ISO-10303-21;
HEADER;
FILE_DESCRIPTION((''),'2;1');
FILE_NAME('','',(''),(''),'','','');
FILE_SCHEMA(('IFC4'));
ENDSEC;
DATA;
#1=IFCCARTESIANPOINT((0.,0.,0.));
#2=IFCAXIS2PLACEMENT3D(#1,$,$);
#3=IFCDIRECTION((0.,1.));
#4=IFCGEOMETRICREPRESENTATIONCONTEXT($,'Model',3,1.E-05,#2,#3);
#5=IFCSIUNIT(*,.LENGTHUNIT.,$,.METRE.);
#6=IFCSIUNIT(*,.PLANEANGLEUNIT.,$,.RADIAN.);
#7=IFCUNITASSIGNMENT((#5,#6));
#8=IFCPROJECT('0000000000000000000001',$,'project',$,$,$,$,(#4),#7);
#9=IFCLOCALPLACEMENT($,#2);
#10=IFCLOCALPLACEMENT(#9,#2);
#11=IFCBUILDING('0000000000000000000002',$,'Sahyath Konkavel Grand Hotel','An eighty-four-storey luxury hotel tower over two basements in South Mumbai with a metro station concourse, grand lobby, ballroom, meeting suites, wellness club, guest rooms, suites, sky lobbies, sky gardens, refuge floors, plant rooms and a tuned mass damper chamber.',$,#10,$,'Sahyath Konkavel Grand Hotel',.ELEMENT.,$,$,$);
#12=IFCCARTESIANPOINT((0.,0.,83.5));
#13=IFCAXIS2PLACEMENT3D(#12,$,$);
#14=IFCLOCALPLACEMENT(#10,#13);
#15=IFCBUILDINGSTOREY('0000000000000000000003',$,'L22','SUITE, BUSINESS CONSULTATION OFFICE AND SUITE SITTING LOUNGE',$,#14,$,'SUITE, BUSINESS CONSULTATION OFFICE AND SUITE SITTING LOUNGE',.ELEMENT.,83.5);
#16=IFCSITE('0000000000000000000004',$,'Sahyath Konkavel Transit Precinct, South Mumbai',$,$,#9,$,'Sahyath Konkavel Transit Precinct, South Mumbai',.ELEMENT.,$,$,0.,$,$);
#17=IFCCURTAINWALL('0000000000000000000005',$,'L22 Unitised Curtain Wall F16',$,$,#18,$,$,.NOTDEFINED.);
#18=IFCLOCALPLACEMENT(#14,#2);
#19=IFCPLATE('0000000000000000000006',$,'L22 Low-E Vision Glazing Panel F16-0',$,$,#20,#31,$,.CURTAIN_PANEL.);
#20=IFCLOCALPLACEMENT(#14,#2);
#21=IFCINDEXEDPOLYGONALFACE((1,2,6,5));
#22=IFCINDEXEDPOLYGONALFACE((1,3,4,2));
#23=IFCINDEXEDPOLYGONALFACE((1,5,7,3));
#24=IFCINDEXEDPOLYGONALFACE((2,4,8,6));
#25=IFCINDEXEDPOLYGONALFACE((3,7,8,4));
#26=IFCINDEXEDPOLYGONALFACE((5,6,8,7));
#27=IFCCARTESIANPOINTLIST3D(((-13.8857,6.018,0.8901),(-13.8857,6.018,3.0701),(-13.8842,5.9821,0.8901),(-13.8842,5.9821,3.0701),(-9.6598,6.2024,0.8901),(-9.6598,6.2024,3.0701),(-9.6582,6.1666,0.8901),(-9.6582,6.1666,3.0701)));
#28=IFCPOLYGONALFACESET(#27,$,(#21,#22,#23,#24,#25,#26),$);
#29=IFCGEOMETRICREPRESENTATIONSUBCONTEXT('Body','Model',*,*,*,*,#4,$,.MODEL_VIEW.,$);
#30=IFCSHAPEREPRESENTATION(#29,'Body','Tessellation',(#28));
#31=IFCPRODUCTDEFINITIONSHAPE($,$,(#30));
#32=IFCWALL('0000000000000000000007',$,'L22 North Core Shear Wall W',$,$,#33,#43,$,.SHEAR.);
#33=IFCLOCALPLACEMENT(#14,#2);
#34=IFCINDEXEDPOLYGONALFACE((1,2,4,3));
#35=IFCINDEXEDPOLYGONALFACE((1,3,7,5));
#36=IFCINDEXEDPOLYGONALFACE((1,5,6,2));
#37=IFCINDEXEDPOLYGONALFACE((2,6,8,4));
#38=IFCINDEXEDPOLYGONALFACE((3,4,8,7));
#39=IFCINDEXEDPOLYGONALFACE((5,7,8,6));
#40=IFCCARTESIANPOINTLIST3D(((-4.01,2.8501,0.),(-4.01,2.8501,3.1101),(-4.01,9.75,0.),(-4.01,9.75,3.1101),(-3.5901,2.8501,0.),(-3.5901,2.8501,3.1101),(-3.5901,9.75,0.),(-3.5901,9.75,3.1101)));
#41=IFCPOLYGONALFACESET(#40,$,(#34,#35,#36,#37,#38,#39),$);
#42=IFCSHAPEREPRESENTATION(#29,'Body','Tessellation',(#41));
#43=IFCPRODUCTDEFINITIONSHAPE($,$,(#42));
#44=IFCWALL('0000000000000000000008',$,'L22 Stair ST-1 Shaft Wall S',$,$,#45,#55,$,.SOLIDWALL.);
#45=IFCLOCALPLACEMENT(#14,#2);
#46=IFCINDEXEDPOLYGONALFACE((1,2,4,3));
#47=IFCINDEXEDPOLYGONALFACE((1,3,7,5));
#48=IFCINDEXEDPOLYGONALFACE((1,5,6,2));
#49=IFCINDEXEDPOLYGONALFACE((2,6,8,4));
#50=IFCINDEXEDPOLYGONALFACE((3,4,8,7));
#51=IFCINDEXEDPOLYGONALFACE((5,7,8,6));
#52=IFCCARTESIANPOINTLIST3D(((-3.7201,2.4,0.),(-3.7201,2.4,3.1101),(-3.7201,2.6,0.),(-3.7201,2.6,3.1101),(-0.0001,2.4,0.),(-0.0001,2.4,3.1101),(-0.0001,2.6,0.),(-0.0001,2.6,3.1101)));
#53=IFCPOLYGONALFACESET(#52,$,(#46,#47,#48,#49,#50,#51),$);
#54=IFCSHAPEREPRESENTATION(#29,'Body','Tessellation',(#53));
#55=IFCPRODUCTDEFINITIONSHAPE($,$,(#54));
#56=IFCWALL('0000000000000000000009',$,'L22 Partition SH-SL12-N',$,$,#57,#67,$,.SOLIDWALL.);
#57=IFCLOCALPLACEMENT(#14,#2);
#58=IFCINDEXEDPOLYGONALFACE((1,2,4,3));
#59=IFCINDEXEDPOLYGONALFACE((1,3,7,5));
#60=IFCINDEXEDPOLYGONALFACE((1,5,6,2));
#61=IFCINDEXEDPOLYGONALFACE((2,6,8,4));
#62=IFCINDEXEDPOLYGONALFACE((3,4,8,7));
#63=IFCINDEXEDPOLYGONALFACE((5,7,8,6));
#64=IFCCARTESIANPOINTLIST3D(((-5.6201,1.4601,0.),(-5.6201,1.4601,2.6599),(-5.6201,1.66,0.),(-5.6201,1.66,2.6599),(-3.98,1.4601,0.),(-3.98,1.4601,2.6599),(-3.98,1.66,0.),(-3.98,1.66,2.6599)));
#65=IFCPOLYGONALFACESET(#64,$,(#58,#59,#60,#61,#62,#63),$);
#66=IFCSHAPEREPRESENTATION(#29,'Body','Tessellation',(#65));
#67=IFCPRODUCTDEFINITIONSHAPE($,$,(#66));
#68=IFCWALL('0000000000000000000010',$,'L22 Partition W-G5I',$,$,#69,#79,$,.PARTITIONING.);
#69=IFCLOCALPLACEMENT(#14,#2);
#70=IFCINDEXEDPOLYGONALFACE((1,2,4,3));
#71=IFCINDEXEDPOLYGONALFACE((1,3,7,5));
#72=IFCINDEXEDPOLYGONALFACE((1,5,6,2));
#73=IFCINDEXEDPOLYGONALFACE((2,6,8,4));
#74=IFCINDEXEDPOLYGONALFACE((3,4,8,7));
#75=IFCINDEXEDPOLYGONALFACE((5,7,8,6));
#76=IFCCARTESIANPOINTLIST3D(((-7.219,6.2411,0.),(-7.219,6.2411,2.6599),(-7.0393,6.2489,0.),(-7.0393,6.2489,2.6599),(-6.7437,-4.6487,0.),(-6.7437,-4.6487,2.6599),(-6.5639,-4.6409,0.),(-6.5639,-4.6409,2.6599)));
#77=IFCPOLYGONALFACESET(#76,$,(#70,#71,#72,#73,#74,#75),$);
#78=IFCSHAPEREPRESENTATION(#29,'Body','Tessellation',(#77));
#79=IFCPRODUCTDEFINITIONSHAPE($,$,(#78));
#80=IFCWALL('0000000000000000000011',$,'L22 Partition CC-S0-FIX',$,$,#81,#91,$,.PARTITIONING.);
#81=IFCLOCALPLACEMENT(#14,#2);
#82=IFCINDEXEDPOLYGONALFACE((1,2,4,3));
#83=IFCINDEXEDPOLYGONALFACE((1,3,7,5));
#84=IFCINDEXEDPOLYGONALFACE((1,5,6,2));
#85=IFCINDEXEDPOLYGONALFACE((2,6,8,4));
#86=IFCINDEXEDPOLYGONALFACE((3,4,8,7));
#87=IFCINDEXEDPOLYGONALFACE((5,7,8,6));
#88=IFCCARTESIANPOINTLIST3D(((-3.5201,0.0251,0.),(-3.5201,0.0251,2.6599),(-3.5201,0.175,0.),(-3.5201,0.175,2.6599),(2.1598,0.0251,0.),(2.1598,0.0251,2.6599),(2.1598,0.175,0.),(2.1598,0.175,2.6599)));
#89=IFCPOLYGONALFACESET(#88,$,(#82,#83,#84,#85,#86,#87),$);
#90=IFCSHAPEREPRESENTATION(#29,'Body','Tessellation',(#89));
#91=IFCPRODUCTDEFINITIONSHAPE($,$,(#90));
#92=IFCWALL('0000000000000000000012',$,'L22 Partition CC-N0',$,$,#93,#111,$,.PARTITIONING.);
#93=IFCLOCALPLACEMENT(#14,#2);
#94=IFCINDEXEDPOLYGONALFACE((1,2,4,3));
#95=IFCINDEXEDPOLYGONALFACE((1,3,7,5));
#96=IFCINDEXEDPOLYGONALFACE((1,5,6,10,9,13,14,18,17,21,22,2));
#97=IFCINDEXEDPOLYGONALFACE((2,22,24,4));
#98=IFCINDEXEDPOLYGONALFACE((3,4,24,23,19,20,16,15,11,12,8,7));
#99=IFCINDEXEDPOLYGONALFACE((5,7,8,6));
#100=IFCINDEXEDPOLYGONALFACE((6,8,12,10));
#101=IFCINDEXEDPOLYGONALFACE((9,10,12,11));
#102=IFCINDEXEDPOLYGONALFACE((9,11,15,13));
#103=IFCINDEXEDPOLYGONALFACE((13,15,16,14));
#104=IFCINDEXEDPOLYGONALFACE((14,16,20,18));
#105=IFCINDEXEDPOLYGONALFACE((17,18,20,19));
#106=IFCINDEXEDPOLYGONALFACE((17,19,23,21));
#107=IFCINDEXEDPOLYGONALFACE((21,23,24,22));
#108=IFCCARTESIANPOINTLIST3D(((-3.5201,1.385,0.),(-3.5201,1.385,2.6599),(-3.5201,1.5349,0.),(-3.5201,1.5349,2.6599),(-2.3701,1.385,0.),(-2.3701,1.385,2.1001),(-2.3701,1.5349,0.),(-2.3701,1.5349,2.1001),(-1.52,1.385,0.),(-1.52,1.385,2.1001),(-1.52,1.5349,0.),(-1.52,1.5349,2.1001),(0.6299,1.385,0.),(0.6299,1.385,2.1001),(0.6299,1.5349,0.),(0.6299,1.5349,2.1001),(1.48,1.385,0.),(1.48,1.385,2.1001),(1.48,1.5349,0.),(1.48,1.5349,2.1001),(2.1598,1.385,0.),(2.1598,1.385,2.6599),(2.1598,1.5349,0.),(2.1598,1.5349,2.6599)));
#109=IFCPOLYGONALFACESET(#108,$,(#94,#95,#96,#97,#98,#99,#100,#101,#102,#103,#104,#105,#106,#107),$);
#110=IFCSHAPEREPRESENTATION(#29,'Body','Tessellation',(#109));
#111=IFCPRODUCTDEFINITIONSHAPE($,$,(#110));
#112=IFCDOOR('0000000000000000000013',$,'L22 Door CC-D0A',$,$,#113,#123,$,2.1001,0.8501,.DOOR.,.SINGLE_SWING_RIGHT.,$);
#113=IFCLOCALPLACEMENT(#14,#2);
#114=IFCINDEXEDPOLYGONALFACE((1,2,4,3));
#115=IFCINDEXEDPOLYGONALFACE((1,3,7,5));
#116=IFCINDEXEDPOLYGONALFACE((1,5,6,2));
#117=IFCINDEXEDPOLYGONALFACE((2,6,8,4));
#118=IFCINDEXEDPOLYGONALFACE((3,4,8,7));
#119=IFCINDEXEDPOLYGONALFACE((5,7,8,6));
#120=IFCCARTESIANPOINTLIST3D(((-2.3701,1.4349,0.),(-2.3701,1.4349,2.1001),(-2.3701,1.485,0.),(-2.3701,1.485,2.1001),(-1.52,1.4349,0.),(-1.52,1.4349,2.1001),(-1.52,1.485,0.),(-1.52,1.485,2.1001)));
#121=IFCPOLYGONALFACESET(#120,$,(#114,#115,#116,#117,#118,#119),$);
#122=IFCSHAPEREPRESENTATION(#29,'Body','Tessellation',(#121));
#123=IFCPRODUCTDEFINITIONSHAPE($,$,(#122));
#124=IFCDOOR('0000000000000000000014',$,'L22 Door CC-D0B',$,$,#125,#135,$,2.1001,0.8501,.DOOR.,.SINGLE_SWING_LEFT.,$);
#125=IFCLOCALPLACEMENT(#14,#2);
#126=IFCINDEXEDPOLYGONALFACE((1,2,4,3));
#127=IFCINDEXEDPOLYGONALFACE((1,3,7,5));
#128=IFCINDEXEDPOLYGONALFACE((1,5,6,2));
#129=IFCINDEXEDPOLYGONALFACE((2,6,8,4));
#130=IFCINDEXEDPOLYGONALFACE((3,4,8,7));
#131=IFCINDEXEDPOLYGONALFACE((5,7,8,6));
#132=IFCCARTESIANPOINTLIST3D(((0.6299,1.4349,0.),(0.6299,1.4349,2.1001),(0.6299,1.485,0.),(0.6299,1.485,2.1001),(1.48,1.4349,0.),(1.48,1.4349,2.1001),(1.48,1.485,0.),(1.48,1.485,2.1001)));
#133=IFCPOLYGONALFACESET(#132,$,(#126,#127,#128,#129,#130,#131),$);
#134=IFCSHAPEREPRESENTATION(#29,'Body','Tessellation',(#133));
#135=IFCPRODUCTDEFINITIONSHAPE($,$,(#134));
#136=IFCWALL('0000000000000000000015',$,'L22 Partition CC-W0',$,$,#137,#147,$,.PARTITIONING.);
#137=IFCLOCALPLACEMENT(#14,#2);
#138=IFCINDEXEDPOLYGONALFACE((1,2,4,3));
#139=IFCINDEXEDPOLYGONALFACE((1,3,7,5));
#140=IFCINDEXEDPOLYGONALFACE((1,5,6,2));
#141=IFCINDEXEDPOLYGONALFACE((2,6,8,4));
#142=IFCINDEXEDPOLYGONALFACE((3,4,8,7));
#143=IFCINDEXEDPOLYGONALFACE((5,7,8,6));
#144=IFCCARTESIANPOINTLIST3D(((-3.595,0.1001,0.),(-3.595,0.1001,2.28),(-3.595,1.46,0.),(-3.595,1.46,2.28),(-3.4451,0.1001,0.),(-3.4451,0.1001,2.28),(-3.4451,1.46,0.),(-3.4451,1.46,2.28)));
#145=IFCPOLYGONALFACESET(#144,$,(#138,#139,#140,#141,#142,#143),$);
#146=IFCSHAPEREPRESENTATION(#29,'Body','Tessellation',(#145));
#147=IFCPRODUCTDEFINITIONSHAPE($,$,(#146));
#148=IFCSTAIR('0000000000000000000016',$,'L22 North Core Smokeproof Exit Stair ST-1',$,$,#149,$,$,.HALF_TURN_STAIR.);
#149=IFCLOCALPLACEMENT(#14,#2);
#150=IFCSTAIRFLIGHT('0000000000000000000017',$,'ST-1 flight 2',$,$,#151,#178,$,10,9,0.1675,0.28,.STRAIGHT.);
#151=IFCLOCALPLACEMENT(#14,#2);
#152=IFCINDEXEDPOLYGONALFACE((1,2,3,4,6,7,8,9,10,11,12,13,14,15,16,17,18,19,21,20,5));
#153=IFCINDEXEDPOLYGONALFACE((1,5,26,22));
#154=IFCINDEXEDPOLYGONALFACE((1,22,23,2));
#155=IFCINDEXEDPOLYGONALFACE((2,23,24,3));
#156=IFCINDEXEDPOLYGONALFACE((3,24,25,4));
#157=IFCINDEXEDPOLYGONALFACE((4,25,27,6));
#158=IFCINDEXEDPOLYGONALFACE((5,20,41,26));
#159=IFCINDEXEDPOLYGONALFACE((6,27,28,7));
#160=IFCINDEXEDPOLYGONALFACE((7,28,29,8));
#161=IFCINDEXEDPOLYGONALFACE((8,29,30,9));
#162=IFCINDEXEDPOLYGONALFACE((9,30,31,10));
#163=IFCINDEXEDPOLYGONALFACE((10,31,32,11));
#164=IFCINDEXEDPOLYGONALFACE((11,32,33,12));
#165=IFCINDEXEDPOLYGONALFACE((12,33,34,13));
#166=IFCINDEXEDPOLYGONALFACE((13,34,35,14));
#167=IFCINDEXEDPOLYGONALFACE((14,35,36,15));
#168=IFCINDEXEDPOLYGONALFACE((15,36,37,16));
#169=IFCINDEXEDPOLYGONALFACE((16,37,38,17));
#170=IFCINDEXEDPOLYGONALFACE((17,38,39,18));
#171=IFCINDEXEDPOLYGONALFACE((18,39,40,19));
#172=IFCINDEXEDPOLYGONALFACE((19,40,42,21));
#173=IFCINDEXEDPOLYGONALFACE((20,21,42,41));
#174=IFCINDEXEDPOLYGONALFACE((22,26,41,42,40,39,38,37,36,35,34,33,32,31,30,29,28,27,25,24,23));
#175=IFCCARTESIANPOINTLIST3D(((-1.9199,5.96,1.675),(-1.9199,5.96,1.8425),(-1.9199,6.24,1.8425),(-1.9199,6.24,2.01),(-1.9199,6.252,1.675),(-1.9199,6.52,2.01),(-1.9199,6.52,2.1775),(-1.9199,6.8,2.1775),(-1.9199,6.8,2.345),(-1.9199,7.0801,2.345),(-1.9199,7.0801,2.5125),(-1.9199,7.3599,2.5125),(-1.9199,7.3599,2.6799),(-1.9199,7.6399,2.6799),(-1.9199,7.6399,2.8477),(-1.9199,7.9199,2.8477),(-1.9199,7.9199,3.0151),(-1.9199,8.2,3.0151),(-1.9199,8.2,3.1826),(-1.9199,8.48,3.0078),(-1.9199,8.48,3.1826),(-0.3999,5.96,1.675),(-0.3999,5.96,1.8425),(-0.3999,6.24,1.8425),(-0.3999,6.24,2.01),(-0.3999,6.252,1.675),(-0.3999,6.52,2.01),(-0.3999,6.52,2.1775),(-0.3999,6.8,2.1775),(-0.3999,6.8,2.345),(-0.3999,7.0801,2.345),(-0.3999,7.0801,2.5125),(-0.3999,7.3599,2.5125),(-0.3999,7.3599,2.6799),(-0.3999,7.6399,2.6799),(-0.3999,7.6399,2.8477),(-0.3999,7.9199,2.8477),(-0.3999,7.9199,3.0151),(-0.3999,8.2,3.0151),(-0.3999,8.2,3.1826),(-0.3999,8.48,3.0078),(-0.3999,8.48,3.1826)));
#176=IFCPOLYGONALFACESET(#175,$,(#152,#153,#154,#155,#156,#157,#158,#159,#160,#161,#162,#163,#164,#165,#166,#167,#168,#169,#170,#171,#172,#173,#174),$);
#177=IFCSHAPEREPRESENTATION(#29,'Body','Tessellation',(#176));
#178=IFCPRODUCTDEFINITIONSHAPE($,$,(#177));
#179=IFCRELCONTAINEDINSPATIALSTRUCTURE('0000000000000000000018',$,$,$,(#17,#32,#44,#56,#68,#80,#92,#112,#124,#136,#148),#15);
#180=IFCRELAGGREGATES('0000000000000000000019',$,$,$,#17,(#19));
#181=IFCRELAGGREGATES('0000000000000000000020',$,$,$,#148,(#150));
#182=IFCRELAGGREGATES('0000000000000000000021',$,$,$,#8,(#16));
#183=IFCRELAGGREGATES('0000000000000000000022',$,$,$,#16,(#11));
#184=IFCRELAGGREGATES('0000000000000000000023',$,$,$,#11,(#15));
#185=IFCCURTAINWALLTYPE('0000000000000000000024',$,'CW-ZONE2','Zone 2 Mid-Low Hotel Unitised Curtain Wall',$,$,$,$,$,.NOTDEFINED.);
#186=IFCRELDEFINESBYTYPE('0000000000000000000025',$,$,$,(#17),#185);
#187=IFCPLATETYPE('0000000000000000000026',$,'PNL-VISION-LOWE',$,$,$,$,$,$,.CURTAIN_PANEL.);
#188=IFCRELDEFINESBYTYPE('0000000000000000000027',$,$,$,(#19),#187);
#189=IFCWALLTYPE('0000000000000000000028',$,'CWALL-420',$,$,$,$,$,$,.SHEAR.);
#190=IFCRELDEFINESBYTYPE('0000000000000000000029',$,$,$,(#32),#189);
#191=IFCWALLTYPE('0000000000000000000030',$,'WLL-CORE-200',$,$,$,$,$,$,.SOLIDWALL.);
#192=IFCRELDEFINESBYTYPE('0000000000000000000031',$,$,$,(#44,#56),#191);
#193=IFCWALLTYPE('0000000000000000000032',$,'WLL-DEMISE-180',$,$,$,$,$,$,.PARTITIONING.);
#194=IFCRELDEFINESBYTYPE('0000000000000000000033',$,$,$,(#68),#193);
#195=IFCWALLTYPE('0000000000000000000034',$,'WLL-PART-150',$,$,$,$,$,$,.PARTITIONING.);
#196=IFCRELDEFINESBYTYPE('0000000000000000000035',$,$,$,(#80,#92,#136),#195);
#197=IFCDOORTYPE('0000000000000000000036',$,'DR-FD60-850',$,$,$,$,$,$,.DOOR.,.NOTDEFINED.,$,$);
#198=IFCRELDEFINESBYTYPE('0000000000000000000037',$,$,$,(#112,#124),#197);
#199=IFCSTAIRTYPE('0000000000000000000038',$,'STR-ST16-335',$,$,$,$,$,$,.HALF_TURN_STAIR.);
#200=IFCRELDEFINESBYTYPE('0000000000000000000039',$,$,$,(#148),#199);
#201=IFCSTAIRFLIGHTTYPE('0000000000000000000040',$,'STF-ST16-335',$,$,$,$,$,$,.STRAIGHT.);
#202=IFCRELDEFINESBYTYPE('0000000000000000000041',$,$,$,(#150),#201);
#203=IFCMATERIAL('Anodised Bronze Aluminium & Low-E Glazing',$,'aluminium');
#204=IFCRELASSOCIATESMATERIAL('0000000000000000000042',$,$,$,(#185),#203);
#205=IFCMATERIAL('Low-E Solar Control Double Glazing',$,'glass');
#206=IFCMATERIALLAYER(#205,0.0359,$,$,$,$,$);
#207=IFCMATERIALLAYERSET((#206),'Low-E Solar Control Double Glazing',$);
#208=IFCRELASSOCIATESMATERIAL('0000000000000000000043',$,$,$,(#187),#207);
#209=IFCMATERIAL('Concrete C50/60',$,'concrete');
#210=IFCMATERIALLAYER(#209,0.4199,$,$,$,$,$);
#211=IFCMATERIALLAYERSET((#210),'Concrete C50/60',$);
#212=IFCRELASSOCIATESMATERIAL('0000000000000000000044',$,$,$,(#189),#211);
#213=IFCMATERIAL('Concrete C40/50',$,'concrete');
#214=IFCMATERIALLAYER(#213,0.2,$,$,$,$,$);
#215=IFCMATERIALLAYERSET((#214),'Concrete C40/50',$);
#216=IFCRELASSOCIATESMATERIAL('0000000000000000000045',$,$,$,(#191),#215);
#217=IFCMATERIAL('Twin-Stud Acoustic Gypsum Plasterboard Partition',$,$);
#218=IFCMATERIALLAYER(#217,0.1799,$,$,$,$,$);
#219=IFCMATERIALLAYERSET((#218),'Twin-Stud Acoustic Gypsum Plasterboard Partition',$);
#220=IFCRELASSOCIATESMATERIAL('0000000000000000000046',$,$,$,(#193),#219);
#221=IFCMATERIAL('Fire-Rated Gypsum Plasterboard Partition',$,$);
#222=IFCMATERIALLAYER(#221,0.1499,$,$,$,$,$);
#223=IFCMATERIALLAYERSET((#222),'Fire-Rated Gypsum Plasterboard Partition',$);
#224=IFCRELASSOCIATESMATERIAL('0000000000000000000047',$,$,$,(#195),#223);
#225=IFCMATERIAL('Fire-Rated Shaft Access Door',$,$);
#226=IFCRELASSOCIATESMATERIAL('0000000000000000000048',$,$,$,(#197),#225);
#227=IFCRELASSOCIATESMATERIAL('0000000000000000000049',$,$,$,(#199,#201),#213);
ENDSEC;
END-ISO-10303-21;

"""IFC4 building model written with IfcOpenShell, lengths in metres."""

from ifc_helpers import new_model, si_unit, direction, frame, frame_2d, origin, origin_2d, place, context, subcontext, project, spatial, polyline, rectangle, outline, extrude, source, transform, mapped, material, layer, layer_set, type_object, element, fill, aggregate, save


model = new_model("IFC4")

# Units and contexts
model_context = context("Model", 3, precision=1e-05, world=origin(), true_north=direction((0.0, 1.0)))
body_context = subcontext(model_context, "Body", "Model", "MODEL_VIEW")
ifc_project = project(units=[si_unit("LENGTHUNIT", "METRE"), si_unit("PLANEANGLEUNIT", "RADIAN")], contexts=[model_context])

# Site, building, storey
site_placement = place(None, origin())
site = spatial("IfcSite", under=ifc_project, at=site_placement, Name="Sahyath Konkavel Transit Precinct, South Mumbai", LongName="Sahyath Konkavel Transit Precinct, South Mumbai", CompositionType="ELEMENT", RefElevation=0.0)
building_placement = place(site_placement, origin())
building = spatial("IfcBuilding", under=site, at=building_placement, Name="Sahyath Konkavel Grand Hotel", Description="An eighty-four-storey luxury hotel tower over two basements in South Mumbai with a metro station concourse, grand lobby, ballroom, meeting suites, wellness club, guest rooms, suites, sky lobbies, sky gardens, refuge floors, plant rooms and a tuned mass damper chamber.", LongName="Sahyath Konkavel Grand Hotel", CompositionType="ELEMENT")
storey_placement = place(building_placement, frame((0.0, 0.0, 83.5)))
storey = spatial("IfcBuildingStorey", under=building, at=storey_placement, Name="L22", Description="SUITE, BUSINESS CONSULTATION OFFICE AND SUITE SITTING LOUNGE", LongName="SUITE, BUSINESS CONSULTATION OFFICE AND SUITE SITTING LOUNGE", CompositionType="ELEMENT", Elevation=83.5)

# Shared definitions
ifc_material_1 = material(Name="Concrete C50/60", Category="concrete")

# Curtain wall, plate
ifc_material_2 = material(Name="Anodised Bronze Aluminium & Low-E Glazing", Category="aluminium")
curtain_wall_type = type_object("IfcCurtainWallType", Name="CW-ZONE2", Description="Zone 2 Mid-Low Hotel Unitised Curtain Wall", PredefinedType="NOTDEFINED", material=ifc_material_2)
curtain_wall_placement = place(storey_placement, origin())
curtain_wall = element("IfcCurtainWall", 1, at=curtain_wall_placement, inside=storey, type_object=curtain_wall_type, Name="L22 Unitised Curtain Wall F16", PredefinedType="NOTDEFINED")
ifc_material_3 = material(Name="Low-E Solar Control Double Glazing", Category="glass")
ifc_layer_1 = layer(ifc_material_3, 0.0359)
ifc_layer_set_1 = layer_set([ifc_layer_1], Name="Low-E Solar Control Double Glazing")
plate_type_1 = type_object("IfcPlateType", Name="PNL-VISION-LOWE", PredefinedType="CURTAIN_PANEL", material=ifc_layer_set_1)
shared_shape_1 = source(origin(), body_context, "Body", "SweptSolid", [
    extrude(rectangle(XDim=4.23, YDim=0.0359, at=origin_2d()), origin(), (0.0, 0.0, 1.0), 2.1799),
])
plate_1_placement = place(storey_placement, frame((-11.772, 6.0923, 0.8901), z_axis=(0.0, 0.0, 1.0), x_axis=(-0.999049, -0.043602, 0.0)))
plate_1 = element("IfcPlate", 2, at=plate_1_placement, type_object=plate_type_1, Name="L22 Low-E Vision Glazing Panel F16-0", PredefinedType="CURTAIN_PANEL", context=body_context, shape_type="MappedRepresentation", body=[
    mapped(shared_shape_1, transform((0.0, 0.0, 0.0), scale=1.0)),
])
aggregate(curtain_wall, [plate_1])

# Walls
ifc_layer_2 = layer(ifc_material_1, 0.4199)
ifc_layer_set_2 = layer_set([ifc_layer_2], Name="Concrete C50/60")
wall_type_1 = type_object("IfcWallType", Name="CWALL-420", PredefinedType="SHEAR", material=ifc_layer_set_2)
wall_1_placement = place(storey_placement, frame((-3.8, 2.8501, 0.0), z_axis=(0.0, 0.0, 1.0), x_axis=(0.0, 1.0, 0.0)))
element("IfcWall", 3, at=wall_1_placement, inside=storey, type_object=wall_type_1, Name="L22 North Core Shear Wall W", PredefinedType="SHEAR", context=body_context, shape_type="SweptSolid", body=[
    extrude(rectangle(XDim=6.8999, YDim=0.4199, at=frame_2d((3.45, 0.0))), origin(), (0.0, 0.0, 1.0), 3.1101),
])
ifc_material_4 = material(Name="Concrete C40/50", Category="concrete")
ifc_layer_3 = layer(ifc_material_4, 0.2)
ifc_layer_set_3 = layer_set([ifc_layer_3], Name="Concrete C40/50")
wall_type_2 = type_object("IfcWallType", Name="WLL-CORE-200", PredefinedType="SOLIDWALL", material=ifc_layer_set_3)
wall_2_placement = place(storey_placement, frame((-3.72, 2.5, 0.0), z_axis=(0.0, 0.0, 1.0), x_axis=(1.0, 0.0, 0.0)))
element("IfcWall", 4, at=wall_2_placement, inside=storey, type_object=wall_type_2, Name="L22 Stair ST-1 Shaft Wall S", PredefinedType="SOLIDWALL", context=body_context, shape_type="SweptSolid", body=[
    extrude(rectangle(XDim=3.72, YDim=0.2, at=frame_2d((1.8599, 0.0))), origin(), (0.0, 0.0, 1.0), 3.1101),
])
wall_3_placement = place(storey_placement, frame((-5.6201, 1.5601, 0.0), z_axis=(0.0, 0.0, 1.0), x_axis=(1.0, 0.0, 0.0)))
element("IfcWall", 5, at=wall_3_placement, inside=storey, type_object=wall_type_2, Name="L22 Partition SH-SL12-N", PredefinedType="SOLIDWALL", context=body_context, shape_type="SweptSolid", body=[
    extrude(rectangle(XDim=1.6401, YDim=0.2, at=frame_2d((0.8201, 0.0))), origin(), (0.0, 0.0, 1.0), 2.6599),
])
ifc_material_5 = material(Name="Twin-Stud Acoustic Gypsum Plasterboard Partition")
ifc_layer_4 = layer(ifc_material_5, 0.1799)
ifc_layer_set_4 = layer_set([ifc_layer_4], Name="Twin-Stud Acoustic Gypsum Plasterboard Partition")
wall_type_3 = type_object("IfcWallType", Name="WLL-DEMISE-180", PredefinedType="PARTITIONING", material=ifc_layer_set_4)
wall_4_placement = place(storey_placement, frame((-7.1292, 6.2451, 0.0), z_axis=(0.0, 0.0, 1.0), x_axis=(0.043608, -0.999049, 0.0)))
element("IfcWall", 6, at=wall_4_placement, inside=storey, type_object=wall_type_3, Name="L22 Partition W-G5I", PredefinedType="PARTITIONING", context=body_context, shape_type="SweptSolid", body=[
    extrude(rectangle(XDim=10.9001, YDim=0.1799, at=frame_2d((5.4502, 0.0))), origin(), (0.0, 0.0, 1.0), 2.6599),
])
ifc_material_6 = material(Name="Fire-Rated Gypsum Plasterboard Partition")
ifc_layer_5 = layer(ifc_material_6, 0.1499)
ifc_layer_set_5 = layer_set([ifc_layer_5], Name="Fire-Rated Gypsum Plasterboard Partition")
wall_type_4 = type_object("IfcWallType", Name="WLL-PART-150", PredefinedType="PARTITIONING", material=ifc_layer_set_5)
wall_5_placement = place(storey_placement, frame((-3.52, 0.1001, 0.0), z_axis=(0.0, 0.0, 1.0), x_axis=(1.0, 0.0, 0.0)))
element("IfcWall", 7, at=wall_5_placement, inside=storey, type_object=wall_type_4, Name="L22 Partition CC-S0-FIX", PredefinedType="PARTITIONING", context=body_context, shape_type="SweptSolid", body=[
    extrude(rectangle(XDim=5.6799, YDim=0.1499, at=frame_2d((2.8398, 0.0))), origin(), (0.0, 0.0, 1.0), 2.6599),
])

# Wall, openings, doors
wall_6_placement = place(storey_placement, frame((-3.52, 1.46, 0.0), z_axis=(0.0, 0.0, 1.0), x_axis=(1.0, 0.0, 0.0)))
wall_6 = element("IfcWall", 8, at=wall_6_placement, inside=storey, type_object=wall_type_4, Name="L22 Partition CC-N0", PredefinedType="PARTITIONING", context=body_context, shape_type="SweptSolid", body=[
    extrude(rectangle(XDim=5.6799, YDim=0.1499, at=frame_2d((2.8398, 0.0))), origin(), (0.0, 0.0, 1.0), 2.6599),
])
opening_1_placement = place(wall_6_placement, frame((1.1499, 0.0, 0.0)))
opening_1 = element("IfcOpeningElement", 9, at=opening_1_placement, cuts=wall_6, PredefinedType="OPENING", context=body_context, shape_type="SweptSolid", body=[
    extrude(rectangle(XDim=0.8501, YDim=2.1001, at=frame_2d((0.425, 1.05))), frame((0.0, 0.085, 0.0), z_axis=(0.0, -1.0, 0.0), x_axis=(1.0, 0.0, 0.0)), (0.0, 0.0, 1.0), 0.1699),
])
opening_2_placement = place(wall_6_placement, frame((4.1499, 0.0, 0.0)))
opening_2 = element("IfcOpeningElement", 10, at=opening_2_placement, cuts=wall_6, PredefinedType="OPENING", context=body_context, shape_type="SweptSolid", body=[
    extrude(rectangle(XDim=0.8501, YDim=2.1001, at=frame_2d((0.425, 1.05))), frame((0.0, 0.085, 0.0), z_axis=(0.0, -1.0, 0.0), x_axis=(1.0, 0.0, 0.0)), (0.0, 0.0, 1.0), 0.1699),
])
ifc_material_7 = material(Name="Fire-Rated Shaft Access Door")
door_type = type_object("IfcDoorType", Name="DR-FD60-850", OperationType="NOTDEFINED", PredefinedType="DOOR", material=ifc_material_7)
shared_shape_2 = source(origin(), body_context, "Body", "SweptSolid", [
    extrude(rectangle(XDim=0.8501, YDim=0.05, at=origin_2d()), origin(), (0.0, 0.0, 1.0), 2.1001),
])
door_1_placement = place(opening_1_placement, frame((0.425, 0.0, 0.0)))
door_1 = element("IfcDoor", 11, at=door_1_placement, inside=storey, type_object=door_type, Name="L22 Door CC-D0A", OperationType="SINGLE_SWING_RIGHT", OverallHeight=2.1001, OverallWidth=0.8501, PredefinedType="DOOR", context=body_context, shape_type="MappedRepresentation", body=[
    mapped(shared_shape_2, transform((0.0, 0.0, 0.0), scale=1.0)),
])
fill(opening_1, door_1)
door_2_placement = place(opening_2_placement, frame((0.425, 0.0, 0.0)))
door_2 = element("IfcDoor", 12, at=door_2_placement, inside=storey, type_object=door_type, Name="L22 Door CC-D0B", OperationType="SINGLE_SWING_LEFT", OverallHeight=2.1001, OverallWidth=0.8501, PredefinedType="DOOR", context=body_context, shape_type="MappedRepresentation", body=[
    mapped(shared_shape_2, transform((0.0, 0.0, 0.0), scale=1.0)),
])
fill(opening_2, door_2)

# Wall
wall_7_placement = place(storey_placement, frame((-3.52, 0.1001, 0.0), z_axis=(0.0, 0.0, 1.0), x_axis=(0.0, 1.0, 0.0)))
element("IfcWall", 13, at=wall_7_placement, inside=storey, type_object=wall_type_4, Name="L22 Partition CC-W0", PredefinedType="PARTITIONING", context=body_context, shape_type="SweptSolid", body=[
    extrude(rectangle(XDim=1.3599, YDim=0.1499, at=frame_2d((0.6799, 0.0))), origin(), (0.0, 0.0, 1.0), 2.28),
])

# Stair, stair flight
stair_type = type_object("IfcStairType", Name="STR-ST16-335", PredefinedType="HALF_TURN_STAIR", material=ifc_material_4)
stair_placement = place(storey_placement, origin())
stair = element("IfcStair", 14, at=stair_placement, inside=storey, type_object=stair_type, Name="L22 North Core Smokeproof Exit Stair ST-1", PredefinedType="HALF_TURN_STAIR")
stair_flight_type = type_object("IfcStairFlightType", Name="STF-ST16-335", PredefinedType="STRAIGHT", material=ifc_material_4)
stair_flight_placement = place(storey_placement, frame((-1.1599, 5.96, 1.675), z_axis=(0.0, 0.0, 1.0), x_axis=(0.0, 1.0, 0.0)))
stair_flight = element("IfcStairFlight", 15, at=stair_flight_placement, type_object=stair_flight_type, Name="ST-1 flight 2", NumberOfRisers=10, NumberOfTreads=9, PredefinedType="STRAIGHT", RiserHeight=0.1675, TreadLength=0.28, context=body_context, shape_type="SweptSolid", body=[
    extrude(outline(polyline([(0.0, 0.0), (0.0, 0.1675), (0.28, 0.1675), (0.28, 0.335), (0.5601, 0.335), (0.5601, 0.5024), (0.8401, 0.5024), (0.8401, 0.6699), (1.1201, 0.6699), (1.1201, 0.8374), (1.3999, 0.8374), (1.3999, 1.0049), (1.6799, 1.0049), (1.6799, 1.1726), (1.96, 1.1726), (1.96, 1.3401), (2.24, 1.3401), (2.24, 1.5076), (2.52, 1.5076), (2.52, 1.675), (2.52, 1.3328), (0.292, 0.0), (0.0, 0.0)])), frame((0.0, 0.76, 0.0), z_axis=(0.0, -1.0, 0.0), x_axis=(1.0, 0.0, 0.0)), (0.0, 0.0, 1.0), 1.52),
])
aggregate(stair, [stair_flight])

save(model, "model.ifc")
